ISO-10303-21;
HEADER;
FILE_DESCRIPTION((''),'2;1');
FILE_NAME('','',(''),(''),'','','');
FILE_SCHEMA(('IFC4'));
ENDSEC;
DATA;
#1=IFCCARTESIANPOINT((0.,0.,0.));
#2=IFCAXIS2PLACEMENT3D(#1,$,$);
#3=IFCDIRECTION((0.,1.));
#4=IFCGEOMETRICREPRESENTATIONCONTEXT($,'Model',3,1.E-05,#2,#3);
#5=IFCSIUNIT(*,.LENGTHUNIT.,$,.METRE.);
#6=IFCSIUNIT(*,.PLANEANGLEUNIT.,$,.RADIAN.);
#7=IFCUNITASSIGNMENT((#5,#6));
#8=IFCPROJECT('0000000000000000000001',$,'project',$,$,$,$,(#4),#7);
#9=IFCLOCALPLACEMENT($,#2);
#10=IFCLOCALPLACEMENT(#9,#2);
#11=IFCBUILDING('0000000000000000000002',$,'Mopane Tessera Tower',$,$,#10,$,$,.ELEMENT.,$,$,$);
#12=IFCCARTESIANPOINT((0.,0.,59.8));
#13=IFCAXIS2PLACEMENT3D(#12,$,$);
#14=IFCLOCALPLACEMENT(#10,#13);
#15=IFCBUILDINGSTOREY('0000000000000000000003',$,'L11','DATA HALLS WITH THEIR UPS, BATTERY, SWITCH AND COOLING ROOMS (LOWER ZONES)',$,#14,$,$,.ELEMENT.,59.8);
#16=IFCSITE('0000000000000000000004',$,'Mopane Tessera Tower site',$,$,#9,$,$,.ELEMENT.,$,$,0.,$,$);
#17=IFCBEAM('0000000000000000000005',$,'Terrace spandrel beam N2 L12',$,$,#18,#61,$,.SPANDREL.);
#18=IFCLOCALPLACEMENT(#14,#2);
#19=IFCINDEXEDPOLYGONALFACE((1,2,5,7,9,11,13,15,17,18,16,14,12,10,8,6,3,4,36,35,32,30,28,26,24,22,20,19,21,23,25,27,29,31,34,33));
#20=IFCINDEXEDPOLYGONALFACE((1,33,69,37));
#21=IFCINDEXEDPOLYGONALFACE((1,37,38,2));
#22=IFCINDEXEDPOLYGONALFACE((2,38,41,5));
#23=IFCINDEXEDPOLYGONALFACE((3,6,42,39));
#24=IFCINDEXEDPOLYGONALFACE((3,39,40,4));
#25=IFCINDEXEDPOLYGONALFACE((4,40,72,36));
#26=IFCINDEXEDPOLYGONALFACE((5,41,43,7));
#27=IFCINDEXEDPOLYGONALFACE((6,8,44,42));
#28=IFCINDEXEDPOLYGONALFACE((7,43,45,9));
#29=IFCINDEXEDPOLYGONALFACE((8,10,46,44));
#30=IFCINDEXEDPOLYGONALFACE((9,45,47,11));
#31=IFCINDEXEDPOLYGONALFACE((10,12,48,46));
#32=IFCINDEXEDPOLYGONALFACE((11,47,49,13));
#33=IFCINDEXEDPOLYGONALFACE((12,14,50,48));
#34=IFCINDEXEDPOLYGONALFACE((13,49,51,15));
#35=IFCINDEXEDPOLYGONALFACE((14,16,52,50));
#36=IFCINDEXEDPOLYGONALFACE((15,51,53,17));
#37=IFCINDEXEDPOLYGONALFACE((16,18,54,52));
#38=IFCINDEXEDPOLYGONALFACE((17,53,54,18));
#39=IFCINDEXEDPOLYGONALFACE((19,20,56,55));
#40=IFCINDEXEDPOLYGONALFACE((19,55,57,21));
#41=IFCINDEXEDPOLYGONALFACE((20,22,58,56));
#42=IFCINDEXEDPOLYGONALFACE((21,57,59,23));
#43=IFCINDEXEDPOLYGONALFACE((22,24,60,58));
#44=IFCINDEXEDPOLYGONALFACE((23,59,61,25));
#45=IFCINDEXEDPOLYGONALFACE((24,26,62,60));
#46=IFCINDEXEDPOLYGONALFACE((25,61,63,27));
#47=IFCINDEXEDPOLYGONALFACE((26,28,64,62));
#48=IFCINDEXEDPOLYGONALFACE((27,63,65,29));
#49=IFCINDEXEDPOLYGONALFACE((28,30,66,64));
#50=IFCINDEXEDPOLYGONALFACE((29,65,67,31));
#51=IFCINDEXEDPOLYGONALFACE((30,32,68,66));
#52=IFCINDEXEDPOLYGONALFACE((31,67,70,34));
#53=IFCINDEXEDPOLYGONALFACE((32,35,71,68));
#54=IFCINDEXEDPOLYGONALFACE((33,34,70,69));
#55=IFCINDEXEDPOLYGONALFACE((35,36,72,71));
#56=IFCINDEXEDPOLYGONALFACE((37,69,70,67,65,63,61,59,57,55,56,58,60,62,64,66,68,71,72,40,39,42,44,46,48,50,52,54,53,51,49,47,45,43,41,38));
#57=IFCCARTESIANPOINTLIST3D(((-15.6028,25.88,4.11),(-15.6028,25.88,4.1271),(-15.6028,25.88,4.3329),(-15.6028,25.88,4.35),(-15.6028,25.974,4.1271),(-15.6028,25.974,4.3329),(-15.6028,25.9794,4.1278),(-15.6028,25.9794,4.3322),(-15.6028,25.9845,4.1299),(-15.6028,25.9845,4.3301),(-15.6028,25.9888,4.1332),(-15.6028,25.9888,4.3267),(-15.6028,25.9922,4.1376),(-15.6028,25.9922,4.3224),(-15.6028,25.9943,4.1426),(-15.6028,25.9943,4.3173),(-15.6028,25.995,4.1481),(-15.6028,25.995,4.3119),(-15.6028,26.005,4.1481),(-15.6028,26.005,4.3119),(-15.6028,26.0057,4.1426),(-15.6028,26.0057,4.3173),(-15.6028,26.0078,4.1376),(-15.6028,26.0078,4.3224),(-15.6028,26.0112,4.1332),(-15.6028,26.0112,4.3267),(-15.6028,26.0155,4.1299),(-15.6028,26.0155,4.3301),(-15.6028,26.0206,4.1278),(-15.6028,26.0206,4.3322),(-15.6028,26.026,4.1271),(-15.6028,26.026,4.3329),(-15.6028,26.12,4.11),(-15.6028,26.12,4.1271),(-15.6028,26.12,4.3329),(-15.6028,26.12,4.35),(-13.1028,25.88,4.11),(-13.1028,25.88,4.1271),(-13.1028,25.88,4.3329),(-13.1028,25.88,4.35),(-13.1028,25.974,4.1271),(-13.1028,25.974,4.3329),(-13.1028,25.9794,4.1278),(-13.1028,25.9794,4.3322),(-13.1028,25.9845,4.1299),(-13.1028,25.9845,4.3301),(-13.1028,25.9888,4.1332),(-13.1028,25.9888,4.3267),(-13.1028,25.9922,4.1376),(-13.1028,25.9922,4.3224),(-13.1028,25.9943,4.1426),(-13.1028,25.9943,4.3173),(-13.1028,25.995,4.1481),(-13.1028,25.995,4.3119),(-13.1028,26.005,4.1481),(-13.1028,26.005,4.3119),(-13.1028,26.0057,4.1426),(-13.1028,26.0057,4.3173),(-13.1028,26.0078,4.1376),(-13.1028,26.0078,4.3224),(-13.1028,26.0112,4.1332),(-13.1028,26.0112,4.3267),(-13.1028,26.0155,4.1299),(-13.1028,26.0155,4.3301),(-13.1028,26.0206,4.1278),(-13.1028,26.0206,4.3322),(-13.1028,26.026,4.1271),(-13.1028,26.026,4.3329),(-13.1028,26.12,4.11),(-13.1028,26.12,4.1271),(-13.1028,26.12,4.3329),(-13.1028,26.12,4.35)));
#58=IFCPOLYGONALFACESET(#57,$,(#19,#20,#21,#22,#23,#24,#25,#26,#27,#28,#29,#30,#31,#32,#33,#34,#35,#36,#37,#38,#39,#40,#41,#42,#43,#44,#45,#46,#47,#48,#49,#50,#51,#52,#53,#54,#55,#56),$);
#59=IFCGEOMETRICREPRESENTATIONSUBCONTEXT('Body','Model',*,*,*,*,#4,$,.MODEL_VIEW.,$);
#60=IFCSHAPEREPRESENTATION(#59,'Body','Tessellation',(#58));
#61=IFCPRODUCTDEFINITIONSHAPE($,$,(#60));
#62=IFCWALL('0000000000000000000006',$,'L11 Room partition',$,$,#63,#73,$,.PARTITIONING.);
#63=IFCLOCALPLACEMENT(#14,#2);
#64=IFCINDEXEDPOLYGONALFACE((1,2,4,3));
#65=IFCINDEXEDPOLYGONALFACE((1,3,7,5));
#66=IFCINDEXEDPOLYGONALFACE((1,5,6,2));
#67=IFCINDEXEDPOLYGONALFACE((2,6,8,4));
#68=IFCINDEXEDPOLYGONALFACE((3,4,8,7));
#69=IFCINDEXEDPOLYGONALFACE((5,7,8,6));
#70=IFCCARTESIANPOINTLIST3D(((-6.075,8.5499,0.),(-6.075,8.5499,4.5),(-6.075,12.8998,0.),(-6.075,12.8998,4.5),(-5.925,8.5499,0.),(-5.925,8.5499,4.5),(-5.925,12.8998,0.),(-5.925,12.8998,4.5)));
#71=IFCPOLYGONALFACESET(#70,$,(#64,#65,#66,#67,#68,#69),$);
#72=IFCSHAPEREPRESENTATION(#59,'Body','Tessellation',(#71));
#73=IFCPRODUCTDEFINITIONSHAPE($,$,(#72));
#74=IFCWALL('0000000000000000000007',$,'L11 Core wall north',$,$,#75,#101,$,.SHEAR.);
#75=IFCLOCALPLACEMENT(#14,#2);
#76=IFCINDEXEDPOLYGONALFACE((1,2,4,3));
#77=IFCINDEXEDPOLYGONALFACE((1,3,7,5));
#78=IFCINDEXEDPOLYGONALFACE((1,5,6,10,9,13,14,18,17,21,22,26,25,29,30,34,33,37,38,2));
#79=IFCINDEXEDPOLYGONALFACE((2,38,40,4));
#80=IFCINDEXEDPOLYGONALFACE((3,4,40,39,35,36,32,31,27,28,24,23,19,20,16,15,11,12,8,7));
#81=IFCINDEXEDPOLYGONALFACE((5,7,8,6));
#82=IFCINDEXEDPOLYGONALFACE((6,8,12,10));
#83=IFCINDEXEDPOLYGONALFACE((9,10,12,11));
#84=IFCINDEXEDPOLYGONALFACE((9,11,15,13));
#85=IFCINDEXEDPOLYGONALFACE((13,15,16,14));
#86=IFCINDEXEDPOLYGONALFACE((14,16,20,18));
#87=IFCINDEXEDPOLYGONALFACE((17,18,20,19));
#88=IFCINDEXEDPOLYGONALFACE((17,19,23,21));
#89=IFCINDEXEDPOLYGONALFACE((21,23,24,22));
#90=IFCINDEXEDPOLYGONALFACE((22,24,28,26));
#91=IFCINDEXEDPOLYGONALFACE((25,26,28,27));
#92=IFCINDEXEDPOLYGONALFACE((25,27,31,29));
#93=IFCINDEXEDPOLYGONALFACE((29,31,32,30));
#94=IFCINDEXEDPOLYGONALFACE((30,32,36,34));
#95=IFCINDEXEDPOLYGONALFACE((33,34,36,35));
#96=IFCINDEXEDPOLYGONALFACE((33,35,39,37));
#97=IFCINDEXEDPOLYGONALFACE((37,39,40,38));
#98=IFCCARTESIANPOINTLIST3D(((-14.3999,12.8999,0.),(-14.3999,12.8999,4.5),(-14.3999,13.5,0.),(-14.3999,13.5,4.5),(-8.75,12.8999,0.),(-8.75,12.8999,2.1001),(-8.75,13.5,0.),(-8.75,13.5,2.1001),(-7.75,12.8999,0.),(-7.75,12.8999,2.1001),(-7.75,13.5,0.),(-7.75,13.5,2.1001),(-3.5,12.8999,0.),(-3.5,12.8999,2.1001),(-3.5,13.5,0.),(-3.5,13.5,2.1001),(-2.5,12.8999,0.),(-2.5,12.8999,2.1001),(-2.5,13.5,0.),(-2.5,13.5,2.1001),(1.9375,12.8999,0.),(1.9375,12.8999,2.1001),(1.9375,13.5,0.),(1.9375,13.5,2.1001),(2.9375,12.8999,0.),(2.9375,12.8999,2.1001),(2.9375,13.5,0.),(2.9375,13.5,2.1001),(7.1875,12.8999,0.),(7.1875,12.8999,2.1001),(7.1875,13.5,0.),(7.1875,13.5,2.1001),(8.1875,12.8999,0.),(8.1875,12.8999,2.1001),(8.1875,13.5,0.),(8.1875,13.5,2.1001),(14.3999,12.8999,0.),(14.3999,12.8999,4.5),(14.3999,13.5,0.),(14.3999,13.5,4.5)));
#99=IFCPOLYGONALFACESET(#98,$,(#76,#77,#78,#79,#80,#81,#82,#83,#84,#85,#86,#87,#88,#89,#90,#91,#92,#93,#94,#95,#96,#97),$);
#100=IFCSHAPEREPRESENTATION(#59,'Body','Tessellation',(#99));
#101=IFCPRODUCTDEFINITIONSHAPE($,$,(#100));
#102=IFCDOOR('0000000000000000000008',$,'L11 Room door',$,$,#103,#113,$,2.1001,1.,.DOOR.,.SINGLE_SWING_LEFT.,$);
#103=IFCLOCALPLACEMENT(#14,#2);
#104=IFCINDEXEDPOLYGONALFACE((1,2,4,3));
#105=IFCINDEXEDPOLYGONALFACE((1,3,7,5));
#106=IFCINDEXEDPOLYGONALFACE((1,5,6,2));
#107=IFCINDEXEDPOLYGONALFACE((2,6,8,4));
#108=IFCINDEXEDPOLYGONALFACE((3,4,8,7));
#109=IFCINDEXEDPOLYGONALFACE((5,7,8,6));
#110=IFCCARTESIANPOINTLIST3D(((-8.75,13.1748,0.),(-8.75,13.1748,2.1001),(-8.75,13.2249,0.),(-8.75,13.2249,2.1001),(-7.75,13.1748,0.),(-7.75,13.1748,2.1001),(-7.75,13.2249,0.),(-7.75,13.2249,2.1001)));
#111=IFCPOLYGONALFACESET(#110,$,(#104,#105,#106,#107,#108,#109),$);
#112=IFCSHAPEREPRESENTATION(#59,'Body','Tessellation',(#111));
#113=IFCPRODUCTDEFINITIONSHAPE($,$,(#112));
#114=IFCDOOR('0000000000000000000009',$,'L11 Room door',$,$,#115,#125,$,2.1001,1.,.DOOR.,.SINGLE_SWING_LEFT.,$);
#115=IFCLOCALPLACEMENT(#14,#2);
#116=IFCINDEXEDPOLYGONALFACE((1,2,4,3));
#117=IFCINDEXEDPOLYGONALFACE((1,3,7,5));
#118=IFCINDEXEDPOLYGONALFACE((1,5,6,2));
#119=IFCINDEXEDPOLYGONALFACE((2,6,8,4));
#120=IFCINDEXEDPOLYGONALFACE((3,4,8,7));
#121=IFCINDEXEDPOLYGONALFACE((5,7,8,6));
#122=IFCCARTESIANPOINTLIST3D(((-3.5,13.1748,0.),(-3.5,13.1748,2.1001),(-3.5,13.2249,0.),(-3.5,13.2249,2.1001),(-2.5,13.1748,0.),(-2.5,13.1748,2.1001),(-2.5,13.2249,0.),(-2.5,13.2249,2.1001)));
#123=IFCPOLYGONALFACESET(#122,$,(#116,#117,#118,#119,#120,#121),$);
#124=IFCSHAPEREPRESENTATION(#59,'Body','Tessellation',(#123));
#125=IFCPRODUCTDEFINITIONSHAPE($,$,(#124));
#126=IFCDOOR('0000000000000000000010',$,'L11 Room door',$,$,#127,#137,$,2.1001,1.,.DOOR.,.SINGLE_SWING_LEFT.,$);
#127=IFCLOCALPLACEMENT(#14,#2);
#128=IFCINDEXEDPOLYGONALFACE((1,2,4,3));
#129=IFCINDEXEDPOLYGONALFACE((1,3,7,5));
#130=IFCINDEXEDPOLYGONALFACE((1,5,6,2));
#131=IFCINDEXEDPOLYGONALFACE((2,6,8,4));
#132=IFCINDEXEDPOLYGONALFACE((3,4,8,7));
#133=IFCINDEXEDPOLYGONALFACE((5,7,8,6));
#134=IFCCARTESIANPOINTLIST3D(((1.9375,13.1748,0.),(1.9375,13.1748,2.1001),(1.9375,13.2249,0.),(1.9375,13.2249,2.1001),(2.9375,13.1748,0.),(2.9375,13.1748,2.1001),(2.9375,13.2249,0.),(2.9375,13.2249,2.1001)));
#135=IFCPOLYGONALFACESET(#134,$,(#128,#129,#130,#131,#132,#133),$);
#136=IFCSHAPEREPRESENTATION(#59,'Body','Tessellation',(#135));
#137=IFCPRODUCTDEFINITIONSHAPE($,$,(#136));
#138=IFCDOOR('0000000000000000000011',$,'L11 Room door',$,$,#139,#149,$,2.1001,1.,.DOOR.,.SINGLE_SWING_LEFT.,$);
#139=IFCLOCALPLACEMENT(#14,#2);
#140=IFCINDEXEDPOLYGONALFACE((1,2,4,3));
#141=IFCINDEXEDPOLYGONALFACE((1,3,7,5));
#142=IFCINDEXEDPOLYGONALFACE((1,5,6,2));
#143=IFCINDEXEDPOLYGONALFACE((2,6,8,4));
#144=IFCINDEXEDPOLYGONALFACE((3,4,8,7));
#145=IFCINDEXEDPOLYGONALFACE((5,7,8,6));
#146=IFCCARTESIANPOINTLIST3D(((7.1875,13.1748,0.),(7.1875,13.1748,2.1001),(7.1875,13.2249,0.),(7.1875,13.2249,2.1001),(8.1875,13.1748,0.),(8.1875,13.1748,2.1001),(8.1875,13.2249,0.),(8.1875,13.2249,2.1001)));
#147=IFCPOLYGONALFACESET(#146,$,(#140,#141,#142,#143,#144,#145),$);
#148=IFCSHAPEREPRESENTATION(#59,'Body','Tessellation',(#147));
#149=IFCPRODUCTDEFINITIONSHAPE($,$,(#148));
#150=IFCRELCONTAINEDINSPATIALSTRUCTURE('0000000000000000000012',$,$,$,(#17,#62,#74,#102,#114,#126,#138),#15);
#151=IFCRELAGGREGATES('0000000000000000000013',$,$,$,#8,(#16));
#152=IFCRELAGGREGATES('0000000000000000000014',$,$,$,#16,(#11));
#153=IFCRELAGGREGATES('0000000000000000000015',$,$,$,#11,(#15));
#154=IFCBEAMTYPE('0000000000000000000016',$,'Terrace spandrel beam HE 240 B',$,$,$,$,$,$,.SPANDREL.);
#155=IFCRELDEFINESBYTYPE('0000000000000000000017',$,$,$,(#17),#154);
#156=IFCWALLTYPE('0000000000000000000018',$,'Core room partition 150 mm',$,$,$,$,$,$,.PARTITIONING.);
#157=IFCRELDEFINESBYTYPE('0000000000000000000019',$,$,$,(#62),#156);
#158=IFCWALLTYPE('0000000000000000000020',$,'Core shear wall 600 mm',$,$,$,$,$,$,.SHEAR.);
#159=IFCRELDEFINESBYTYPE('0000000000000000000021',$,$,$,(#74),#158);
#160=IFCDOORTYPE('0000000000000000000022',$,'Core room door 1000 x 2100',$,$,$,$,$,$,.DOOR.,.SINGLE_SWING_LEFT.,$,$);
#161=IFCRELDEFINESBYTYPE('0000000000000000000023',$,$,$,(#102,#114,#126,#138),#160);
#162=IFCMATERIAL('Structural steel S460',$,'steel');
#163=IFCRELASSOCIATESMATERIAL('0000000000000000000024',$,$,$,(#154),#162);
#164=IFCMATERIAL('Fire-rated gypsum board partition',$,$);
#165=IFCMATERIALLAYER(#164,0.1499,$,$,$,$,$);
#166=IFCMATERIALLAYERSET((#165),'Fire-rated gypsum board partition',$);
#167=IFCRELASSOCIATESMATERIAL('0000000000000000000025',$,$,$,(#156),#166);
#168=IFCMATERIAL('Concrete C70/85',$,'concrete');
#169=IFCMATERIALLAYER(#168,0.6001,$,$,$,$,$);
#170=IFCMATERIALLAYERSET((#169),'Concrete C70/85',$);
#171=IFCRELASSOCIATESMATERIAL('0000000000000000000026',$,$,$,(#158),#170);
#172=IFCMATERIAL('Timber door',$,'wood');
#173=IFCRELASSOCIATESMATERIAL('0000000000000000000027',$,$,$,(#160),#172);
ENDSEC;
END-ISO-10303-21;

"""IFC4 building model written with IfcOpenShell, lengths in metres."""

from ifc_helpers import new_model, si_unit, direction, frame, frame_2d, origin, origin_2d, place, context, subcontext, project, spatial, rectangle, i_section, extrude, material, layer, layer_set, material_profile, profile_set, type_object, element, fill, save


model = new_model("IFC4")

# Units and contexts
model_context = context("Model", 3, precision=1e-05, world=origin(), true_north=direction((0.0, 1.0)))
body_context = subcontext(model_context, "Body", "Model", "MODEL_VIEW")
ifc_project = project(units=[si_unit("LENGTHUNIT", "METRE"), si_unit("PLANEANGLEUNIT", "RADIAN")], contexts=[model_context])

# Site, building, storey
site_placement = place(None, origin())
site = spatial("IfcSite", under=ifc_project, at=site_placement, Name="Mopane Tessera Tower site", CompositionType="ELEMENT", RefElevation=0.0)
building_placement = place(site_placement, origin())
building = spatial("IfcBuilding", under=site, at=building_placement, Name="Mopane Tessera Tower", CompositionType="ELEMENT")
storey_placement = place(building_placement, frame((0.0, 0.0, 59.8)))
storey = spatial("IfcBuildingStorey", under=building, at=storey_placement, Name="L11", Description="DATA HALLS WITH THEIR UPS, BATTERY, SWITCH AND COOLING ROOMS (LOWER ZONES)", CompositionType="ELEMENT", Elevation=59.8)

# Beam
ifc_material_1 = material(Name="Structural steel S460", Category="steel")
ifc_material_profile = material_profile(ifc_material_1, i_section(OverallWidth=0.24, OverallDepth=0.24, WebThickness=0.01, FlangeThickness=0.0171, FilletRadius=0.021, at=origin_2d()))
ifc_profile_set = profile_set([ifc_material_profile], Name="Structural steel S460")
beam_type = type_object("IfcBeamType", Name="Terrace spandrel beam HE 240 B", PredefinedType="SPANDREL", material=ifc_profile_set)
beam_placement = place(storey_placement, frame((-13.1028, 26.0, 4.23), z_axis=(-1.0, 0.0, 0.0), x_axis=(0.0, -1.0, 0.0)))
element("IfcBeam", 1, at=beam_placement, inside=storey, type_object=beam_type, Name="Terrace spandrel beam N2 L12", PredefinedType="SPANDREL", context=body_context, shape_type="SweptSolid", body=[
    extrude(i_section(OverallWidth=0.24, OverallDepth=0.24, WebThickness=0.01, FlangeThickness=0.0171, FilletRadius=0.021, at=origin_2d()), origin(), (0.0, 0.0, 1.0), 2.5),
])

# Wall
ifc_material_2 = material(Name="Fire-rated gypsum board partition")
ifc_layer_1 = layer(ifc_material_2, 0.1499)
ifc_layer_set_1 = layer_set([ifc_layer_1], Name="Fire-rated gypsum board partition")
wall_type_1 = type_object("IfcWallType", Name="Core room partition 150 mm", PredefinedType="PARTITIONING", material=ifc_layer_set_1)
wall_1_placement = place(storey_placement, frame((-6.0, 8.55, 0.0), z_axis=(0.0, 0.0, 1.0), x_axis=(0.0, 1.0, 0.0)))
element("IfcWall", 2, at=wall_1_placement, inside=storey, type_object=wall_type_1, Name="L11 Room partition", PredefinedType="PARTITIONING", context=body_context, shape_type="SweptSolid", body=[
    extrude(rectangle(XDim=4.3499, YDim=0.1499, at=frame_2d((2.1748, 0.0))), origin(), (0.0, 0.0, 1.0), 4.5),
])

# Wall, openings, doors
ifc_material_3 = material(Name="Concrete C70/85", Category="concrete")
ifc_layer_2 = layer(ifc_material_3, 0.6001)
ifc_layer_set_2 = layer_set([ifc_layer_2], Name="Concrete C70/85")
wall_type_2 = type_object("IfcWallType", Name="Core shear wall 600 mm", PredefinedType="SHEAR", material=ifc_layer_set_2)
wall_2_placement = place(storey_placement, frame((-14.3999, 13.2, 0.0), z_axis=(0.0, 0.0, 1.0), x_axis=(1.0, 0.0, 0.0)))
wall_2 = element("IfcWall", 3, at=wall_2_placement, inside=storey, type_object=wall_type_2, Name="L11 Core wall north", PredefinedType="SHEAR", context=body_context, shape_type="SweptSolid", body=[
    extrude(rectangle(XDim=28.7998, YDim=0.6001, at=frame_2d((14.3999, 0.0))), origin(), (0.0, 0.0, 1.0), 4.5),
])
opening_1_placement = place(wall_2_placement, frame((5.6499, 0.0, 0.0)))
opening_1 = element("IfcOpeningElement", 4, at=opening_1_placement, cuts=wall_2, PredefinedType="OPENING", context=body_context, shape_type="SweptSolid", body=[
    extrude(rectangle(XDim=1.0, YDim=2.1001, at=frame_2d((0.5, 1.05))), frame((0.0, 0.312, 0.0), z_axis=(0.0, -1.0, 0.0), x_axis=(1.0, 0.0, 0.0)), (0.0, 0.0, 1.0), 0.624),
])
opening_2_placement = place(wall_2_placement, frame((10.8999, 0.0, 0.0)))
opening_2 = element("IfcOpeningElement", 5, at=opening_2_placement, cuts=wall_2, PredefinedType="OPENING", context=body_context, shape_type="SweptSolid", body=[
    extrude(rectangle(XDim=1.0, YDim=2.1001, at=frame_2d((0.5, 1.05))), frame((0.0, 0.312, 0.0), z_axis=(0.0, -1.0, 0.0), x_axis=(1.0, 0.0, 0.0)), (0.0, 0.0, 1.0), 0.624),
])
opening_3_placement = place(wall_2_placement, frame((16.3374, 0.0, 0.0)))
opening_3 = element("IfcOpeningElement", 6, at=opening_3_placement, cuts=wall_2, PredefinedType="OPENING", context=body_context, shape_type="SweptSolid", body=[
    extrude(rectangle(XDim=1.0, YDim=2.1001, at=frame_2d((0.5, 1.05))), frame((0.0, 0.312, 0.0), z_axis=(0.0, -1.0, 0.0), x_axis=(1.0, 0.0, 0.0)), (0.0, 0.0, 1.0), 0.624),
])
opening_4_placement = place(wall_2_placement, frame((21.5874, 0.0, 0.0)))
opening_4 = element("IfcOpeningElement", 7, at=opening_4_placement, cuts=wall_2, PredefinedType="OPENING", context=body_context, shape_type="SweptSolid", body=[
    extrude(rectangle(XDim=1.0, YDim=2.1001, at=frame_2d((0.5, 1.05))), frame((0.0, 0.312, 0.0), z_axis=(0.0, -1.0, 0.0), x_axis=(1.0, 0.0, 0.0)), (0.0, 0.0, 1.0), 0.624),
])
ifc_material_4 = material(Name="Timber door", Category="wood")
door_type_1 = type_object("IfcDoorType", Name="Core room door 1000 x 2100", OperationType="SINGLE_SWING_LEFT", PredefinedType="DOOR", material=ifc_material_4)
door_1_placement = place(opening_1_placement, origin())
door_1 = element("IfcDoor", 8, at=door_1_placement, inside=storey, type_object=door_type_1, Name="L11 Room door", OperationType="SINGLE_SWING_LEFT", OverallHeight=2.1001, OverallWidth=1.0, PredefinedType="DOOR", context=body_context, shape_type="SweptSolid", body=[
    extrude(rectangle(XDim=1.0, YDim=2.1001, at=frame_2d((0.5, 1.05))), frame((0.0, 0.0249, 0.0), z_axis=(0.0, -1.0, 0.0), x_axis=(1.0, 0.0, 0.0)), (0.0, 0.0, 1.0), 0.05),
])
fill(opening_1, door_1)
door_2_placement = place(opening_2_placement, origin())
door_2 = element("IfcDoor", 9, at=door_2_placement, inside=storey, type_object=door_type_1, Name="L11 Room door", OperationType="SINGLE_SWING_LEFT", OverallHeight=2.1001, OverallWidth=1.0, PredefinedType="DOOR", context=body_context, shape_type="SweptSolid", body=[
    extrude(rectangle(XDim=1.0, YDim=2.1001, at=frame_2d((0.5, 1.05))), frame((0.0, 0.0249, 0.0), z_axis=(0.0, -1.0, 0.0), x_axis=(1.0, 0.0, 0.0)), (0.0, 0.0, 1.0), 0.05),
])
fill(opening_2, door_2)
door_3_placement = place(opening_3_placement, origin())
door_3 = element("IfcDoor", 10, at=door_3_placement, inside=storey, type_object=door_type_1, Name="L11 Room door", OperationType="SINGLE_SWING_LEFT", OverallHeight=2.1001, OverallWidth=1.0, PredefinedType="DOOR", context=body_context, shape_type="SweptSolid", body=[
    extrude(rectangle(XDim=1.0, YDim=2.1001, at=frame_2d((0.5, 1.05))), frame((0.0, 0.0249, 0.0), z_axis=(0.0, -1.0, 0.0), x_axis=(1.0, 0.0, 0.0)), (0.0, 0.0, 1.0), 0.05),
])
fill(opening_3, door_3)
door_4_placement = place(opening_4_placement, origin())
door_4 = element("IfcDoor", 11, at=door_4_placement, inside=storey, type_object=door_type_1, Name="L11 Room door", OperationType="SINGLE_SWING_LEFT", OverallHeight=2.1001, OverallWidth=1.0, PredefinedType="DOOR", context=body_context, shape_type="SweptSolid", body=[
    extrude(rectangle(XDim=1.0, YDim=2.1001, at=frame_2d((0.5, 1.05))), frame((0.0, 0.0249, 0.0), z_axis=(0.0, -1.0, 0.0), x_axis=(1.0, 0.0, 0.0)), (0.0, 0.0, 1.0), 0.05),
])
fill(opening_4, door_4)

save(model, "model.ifc")
